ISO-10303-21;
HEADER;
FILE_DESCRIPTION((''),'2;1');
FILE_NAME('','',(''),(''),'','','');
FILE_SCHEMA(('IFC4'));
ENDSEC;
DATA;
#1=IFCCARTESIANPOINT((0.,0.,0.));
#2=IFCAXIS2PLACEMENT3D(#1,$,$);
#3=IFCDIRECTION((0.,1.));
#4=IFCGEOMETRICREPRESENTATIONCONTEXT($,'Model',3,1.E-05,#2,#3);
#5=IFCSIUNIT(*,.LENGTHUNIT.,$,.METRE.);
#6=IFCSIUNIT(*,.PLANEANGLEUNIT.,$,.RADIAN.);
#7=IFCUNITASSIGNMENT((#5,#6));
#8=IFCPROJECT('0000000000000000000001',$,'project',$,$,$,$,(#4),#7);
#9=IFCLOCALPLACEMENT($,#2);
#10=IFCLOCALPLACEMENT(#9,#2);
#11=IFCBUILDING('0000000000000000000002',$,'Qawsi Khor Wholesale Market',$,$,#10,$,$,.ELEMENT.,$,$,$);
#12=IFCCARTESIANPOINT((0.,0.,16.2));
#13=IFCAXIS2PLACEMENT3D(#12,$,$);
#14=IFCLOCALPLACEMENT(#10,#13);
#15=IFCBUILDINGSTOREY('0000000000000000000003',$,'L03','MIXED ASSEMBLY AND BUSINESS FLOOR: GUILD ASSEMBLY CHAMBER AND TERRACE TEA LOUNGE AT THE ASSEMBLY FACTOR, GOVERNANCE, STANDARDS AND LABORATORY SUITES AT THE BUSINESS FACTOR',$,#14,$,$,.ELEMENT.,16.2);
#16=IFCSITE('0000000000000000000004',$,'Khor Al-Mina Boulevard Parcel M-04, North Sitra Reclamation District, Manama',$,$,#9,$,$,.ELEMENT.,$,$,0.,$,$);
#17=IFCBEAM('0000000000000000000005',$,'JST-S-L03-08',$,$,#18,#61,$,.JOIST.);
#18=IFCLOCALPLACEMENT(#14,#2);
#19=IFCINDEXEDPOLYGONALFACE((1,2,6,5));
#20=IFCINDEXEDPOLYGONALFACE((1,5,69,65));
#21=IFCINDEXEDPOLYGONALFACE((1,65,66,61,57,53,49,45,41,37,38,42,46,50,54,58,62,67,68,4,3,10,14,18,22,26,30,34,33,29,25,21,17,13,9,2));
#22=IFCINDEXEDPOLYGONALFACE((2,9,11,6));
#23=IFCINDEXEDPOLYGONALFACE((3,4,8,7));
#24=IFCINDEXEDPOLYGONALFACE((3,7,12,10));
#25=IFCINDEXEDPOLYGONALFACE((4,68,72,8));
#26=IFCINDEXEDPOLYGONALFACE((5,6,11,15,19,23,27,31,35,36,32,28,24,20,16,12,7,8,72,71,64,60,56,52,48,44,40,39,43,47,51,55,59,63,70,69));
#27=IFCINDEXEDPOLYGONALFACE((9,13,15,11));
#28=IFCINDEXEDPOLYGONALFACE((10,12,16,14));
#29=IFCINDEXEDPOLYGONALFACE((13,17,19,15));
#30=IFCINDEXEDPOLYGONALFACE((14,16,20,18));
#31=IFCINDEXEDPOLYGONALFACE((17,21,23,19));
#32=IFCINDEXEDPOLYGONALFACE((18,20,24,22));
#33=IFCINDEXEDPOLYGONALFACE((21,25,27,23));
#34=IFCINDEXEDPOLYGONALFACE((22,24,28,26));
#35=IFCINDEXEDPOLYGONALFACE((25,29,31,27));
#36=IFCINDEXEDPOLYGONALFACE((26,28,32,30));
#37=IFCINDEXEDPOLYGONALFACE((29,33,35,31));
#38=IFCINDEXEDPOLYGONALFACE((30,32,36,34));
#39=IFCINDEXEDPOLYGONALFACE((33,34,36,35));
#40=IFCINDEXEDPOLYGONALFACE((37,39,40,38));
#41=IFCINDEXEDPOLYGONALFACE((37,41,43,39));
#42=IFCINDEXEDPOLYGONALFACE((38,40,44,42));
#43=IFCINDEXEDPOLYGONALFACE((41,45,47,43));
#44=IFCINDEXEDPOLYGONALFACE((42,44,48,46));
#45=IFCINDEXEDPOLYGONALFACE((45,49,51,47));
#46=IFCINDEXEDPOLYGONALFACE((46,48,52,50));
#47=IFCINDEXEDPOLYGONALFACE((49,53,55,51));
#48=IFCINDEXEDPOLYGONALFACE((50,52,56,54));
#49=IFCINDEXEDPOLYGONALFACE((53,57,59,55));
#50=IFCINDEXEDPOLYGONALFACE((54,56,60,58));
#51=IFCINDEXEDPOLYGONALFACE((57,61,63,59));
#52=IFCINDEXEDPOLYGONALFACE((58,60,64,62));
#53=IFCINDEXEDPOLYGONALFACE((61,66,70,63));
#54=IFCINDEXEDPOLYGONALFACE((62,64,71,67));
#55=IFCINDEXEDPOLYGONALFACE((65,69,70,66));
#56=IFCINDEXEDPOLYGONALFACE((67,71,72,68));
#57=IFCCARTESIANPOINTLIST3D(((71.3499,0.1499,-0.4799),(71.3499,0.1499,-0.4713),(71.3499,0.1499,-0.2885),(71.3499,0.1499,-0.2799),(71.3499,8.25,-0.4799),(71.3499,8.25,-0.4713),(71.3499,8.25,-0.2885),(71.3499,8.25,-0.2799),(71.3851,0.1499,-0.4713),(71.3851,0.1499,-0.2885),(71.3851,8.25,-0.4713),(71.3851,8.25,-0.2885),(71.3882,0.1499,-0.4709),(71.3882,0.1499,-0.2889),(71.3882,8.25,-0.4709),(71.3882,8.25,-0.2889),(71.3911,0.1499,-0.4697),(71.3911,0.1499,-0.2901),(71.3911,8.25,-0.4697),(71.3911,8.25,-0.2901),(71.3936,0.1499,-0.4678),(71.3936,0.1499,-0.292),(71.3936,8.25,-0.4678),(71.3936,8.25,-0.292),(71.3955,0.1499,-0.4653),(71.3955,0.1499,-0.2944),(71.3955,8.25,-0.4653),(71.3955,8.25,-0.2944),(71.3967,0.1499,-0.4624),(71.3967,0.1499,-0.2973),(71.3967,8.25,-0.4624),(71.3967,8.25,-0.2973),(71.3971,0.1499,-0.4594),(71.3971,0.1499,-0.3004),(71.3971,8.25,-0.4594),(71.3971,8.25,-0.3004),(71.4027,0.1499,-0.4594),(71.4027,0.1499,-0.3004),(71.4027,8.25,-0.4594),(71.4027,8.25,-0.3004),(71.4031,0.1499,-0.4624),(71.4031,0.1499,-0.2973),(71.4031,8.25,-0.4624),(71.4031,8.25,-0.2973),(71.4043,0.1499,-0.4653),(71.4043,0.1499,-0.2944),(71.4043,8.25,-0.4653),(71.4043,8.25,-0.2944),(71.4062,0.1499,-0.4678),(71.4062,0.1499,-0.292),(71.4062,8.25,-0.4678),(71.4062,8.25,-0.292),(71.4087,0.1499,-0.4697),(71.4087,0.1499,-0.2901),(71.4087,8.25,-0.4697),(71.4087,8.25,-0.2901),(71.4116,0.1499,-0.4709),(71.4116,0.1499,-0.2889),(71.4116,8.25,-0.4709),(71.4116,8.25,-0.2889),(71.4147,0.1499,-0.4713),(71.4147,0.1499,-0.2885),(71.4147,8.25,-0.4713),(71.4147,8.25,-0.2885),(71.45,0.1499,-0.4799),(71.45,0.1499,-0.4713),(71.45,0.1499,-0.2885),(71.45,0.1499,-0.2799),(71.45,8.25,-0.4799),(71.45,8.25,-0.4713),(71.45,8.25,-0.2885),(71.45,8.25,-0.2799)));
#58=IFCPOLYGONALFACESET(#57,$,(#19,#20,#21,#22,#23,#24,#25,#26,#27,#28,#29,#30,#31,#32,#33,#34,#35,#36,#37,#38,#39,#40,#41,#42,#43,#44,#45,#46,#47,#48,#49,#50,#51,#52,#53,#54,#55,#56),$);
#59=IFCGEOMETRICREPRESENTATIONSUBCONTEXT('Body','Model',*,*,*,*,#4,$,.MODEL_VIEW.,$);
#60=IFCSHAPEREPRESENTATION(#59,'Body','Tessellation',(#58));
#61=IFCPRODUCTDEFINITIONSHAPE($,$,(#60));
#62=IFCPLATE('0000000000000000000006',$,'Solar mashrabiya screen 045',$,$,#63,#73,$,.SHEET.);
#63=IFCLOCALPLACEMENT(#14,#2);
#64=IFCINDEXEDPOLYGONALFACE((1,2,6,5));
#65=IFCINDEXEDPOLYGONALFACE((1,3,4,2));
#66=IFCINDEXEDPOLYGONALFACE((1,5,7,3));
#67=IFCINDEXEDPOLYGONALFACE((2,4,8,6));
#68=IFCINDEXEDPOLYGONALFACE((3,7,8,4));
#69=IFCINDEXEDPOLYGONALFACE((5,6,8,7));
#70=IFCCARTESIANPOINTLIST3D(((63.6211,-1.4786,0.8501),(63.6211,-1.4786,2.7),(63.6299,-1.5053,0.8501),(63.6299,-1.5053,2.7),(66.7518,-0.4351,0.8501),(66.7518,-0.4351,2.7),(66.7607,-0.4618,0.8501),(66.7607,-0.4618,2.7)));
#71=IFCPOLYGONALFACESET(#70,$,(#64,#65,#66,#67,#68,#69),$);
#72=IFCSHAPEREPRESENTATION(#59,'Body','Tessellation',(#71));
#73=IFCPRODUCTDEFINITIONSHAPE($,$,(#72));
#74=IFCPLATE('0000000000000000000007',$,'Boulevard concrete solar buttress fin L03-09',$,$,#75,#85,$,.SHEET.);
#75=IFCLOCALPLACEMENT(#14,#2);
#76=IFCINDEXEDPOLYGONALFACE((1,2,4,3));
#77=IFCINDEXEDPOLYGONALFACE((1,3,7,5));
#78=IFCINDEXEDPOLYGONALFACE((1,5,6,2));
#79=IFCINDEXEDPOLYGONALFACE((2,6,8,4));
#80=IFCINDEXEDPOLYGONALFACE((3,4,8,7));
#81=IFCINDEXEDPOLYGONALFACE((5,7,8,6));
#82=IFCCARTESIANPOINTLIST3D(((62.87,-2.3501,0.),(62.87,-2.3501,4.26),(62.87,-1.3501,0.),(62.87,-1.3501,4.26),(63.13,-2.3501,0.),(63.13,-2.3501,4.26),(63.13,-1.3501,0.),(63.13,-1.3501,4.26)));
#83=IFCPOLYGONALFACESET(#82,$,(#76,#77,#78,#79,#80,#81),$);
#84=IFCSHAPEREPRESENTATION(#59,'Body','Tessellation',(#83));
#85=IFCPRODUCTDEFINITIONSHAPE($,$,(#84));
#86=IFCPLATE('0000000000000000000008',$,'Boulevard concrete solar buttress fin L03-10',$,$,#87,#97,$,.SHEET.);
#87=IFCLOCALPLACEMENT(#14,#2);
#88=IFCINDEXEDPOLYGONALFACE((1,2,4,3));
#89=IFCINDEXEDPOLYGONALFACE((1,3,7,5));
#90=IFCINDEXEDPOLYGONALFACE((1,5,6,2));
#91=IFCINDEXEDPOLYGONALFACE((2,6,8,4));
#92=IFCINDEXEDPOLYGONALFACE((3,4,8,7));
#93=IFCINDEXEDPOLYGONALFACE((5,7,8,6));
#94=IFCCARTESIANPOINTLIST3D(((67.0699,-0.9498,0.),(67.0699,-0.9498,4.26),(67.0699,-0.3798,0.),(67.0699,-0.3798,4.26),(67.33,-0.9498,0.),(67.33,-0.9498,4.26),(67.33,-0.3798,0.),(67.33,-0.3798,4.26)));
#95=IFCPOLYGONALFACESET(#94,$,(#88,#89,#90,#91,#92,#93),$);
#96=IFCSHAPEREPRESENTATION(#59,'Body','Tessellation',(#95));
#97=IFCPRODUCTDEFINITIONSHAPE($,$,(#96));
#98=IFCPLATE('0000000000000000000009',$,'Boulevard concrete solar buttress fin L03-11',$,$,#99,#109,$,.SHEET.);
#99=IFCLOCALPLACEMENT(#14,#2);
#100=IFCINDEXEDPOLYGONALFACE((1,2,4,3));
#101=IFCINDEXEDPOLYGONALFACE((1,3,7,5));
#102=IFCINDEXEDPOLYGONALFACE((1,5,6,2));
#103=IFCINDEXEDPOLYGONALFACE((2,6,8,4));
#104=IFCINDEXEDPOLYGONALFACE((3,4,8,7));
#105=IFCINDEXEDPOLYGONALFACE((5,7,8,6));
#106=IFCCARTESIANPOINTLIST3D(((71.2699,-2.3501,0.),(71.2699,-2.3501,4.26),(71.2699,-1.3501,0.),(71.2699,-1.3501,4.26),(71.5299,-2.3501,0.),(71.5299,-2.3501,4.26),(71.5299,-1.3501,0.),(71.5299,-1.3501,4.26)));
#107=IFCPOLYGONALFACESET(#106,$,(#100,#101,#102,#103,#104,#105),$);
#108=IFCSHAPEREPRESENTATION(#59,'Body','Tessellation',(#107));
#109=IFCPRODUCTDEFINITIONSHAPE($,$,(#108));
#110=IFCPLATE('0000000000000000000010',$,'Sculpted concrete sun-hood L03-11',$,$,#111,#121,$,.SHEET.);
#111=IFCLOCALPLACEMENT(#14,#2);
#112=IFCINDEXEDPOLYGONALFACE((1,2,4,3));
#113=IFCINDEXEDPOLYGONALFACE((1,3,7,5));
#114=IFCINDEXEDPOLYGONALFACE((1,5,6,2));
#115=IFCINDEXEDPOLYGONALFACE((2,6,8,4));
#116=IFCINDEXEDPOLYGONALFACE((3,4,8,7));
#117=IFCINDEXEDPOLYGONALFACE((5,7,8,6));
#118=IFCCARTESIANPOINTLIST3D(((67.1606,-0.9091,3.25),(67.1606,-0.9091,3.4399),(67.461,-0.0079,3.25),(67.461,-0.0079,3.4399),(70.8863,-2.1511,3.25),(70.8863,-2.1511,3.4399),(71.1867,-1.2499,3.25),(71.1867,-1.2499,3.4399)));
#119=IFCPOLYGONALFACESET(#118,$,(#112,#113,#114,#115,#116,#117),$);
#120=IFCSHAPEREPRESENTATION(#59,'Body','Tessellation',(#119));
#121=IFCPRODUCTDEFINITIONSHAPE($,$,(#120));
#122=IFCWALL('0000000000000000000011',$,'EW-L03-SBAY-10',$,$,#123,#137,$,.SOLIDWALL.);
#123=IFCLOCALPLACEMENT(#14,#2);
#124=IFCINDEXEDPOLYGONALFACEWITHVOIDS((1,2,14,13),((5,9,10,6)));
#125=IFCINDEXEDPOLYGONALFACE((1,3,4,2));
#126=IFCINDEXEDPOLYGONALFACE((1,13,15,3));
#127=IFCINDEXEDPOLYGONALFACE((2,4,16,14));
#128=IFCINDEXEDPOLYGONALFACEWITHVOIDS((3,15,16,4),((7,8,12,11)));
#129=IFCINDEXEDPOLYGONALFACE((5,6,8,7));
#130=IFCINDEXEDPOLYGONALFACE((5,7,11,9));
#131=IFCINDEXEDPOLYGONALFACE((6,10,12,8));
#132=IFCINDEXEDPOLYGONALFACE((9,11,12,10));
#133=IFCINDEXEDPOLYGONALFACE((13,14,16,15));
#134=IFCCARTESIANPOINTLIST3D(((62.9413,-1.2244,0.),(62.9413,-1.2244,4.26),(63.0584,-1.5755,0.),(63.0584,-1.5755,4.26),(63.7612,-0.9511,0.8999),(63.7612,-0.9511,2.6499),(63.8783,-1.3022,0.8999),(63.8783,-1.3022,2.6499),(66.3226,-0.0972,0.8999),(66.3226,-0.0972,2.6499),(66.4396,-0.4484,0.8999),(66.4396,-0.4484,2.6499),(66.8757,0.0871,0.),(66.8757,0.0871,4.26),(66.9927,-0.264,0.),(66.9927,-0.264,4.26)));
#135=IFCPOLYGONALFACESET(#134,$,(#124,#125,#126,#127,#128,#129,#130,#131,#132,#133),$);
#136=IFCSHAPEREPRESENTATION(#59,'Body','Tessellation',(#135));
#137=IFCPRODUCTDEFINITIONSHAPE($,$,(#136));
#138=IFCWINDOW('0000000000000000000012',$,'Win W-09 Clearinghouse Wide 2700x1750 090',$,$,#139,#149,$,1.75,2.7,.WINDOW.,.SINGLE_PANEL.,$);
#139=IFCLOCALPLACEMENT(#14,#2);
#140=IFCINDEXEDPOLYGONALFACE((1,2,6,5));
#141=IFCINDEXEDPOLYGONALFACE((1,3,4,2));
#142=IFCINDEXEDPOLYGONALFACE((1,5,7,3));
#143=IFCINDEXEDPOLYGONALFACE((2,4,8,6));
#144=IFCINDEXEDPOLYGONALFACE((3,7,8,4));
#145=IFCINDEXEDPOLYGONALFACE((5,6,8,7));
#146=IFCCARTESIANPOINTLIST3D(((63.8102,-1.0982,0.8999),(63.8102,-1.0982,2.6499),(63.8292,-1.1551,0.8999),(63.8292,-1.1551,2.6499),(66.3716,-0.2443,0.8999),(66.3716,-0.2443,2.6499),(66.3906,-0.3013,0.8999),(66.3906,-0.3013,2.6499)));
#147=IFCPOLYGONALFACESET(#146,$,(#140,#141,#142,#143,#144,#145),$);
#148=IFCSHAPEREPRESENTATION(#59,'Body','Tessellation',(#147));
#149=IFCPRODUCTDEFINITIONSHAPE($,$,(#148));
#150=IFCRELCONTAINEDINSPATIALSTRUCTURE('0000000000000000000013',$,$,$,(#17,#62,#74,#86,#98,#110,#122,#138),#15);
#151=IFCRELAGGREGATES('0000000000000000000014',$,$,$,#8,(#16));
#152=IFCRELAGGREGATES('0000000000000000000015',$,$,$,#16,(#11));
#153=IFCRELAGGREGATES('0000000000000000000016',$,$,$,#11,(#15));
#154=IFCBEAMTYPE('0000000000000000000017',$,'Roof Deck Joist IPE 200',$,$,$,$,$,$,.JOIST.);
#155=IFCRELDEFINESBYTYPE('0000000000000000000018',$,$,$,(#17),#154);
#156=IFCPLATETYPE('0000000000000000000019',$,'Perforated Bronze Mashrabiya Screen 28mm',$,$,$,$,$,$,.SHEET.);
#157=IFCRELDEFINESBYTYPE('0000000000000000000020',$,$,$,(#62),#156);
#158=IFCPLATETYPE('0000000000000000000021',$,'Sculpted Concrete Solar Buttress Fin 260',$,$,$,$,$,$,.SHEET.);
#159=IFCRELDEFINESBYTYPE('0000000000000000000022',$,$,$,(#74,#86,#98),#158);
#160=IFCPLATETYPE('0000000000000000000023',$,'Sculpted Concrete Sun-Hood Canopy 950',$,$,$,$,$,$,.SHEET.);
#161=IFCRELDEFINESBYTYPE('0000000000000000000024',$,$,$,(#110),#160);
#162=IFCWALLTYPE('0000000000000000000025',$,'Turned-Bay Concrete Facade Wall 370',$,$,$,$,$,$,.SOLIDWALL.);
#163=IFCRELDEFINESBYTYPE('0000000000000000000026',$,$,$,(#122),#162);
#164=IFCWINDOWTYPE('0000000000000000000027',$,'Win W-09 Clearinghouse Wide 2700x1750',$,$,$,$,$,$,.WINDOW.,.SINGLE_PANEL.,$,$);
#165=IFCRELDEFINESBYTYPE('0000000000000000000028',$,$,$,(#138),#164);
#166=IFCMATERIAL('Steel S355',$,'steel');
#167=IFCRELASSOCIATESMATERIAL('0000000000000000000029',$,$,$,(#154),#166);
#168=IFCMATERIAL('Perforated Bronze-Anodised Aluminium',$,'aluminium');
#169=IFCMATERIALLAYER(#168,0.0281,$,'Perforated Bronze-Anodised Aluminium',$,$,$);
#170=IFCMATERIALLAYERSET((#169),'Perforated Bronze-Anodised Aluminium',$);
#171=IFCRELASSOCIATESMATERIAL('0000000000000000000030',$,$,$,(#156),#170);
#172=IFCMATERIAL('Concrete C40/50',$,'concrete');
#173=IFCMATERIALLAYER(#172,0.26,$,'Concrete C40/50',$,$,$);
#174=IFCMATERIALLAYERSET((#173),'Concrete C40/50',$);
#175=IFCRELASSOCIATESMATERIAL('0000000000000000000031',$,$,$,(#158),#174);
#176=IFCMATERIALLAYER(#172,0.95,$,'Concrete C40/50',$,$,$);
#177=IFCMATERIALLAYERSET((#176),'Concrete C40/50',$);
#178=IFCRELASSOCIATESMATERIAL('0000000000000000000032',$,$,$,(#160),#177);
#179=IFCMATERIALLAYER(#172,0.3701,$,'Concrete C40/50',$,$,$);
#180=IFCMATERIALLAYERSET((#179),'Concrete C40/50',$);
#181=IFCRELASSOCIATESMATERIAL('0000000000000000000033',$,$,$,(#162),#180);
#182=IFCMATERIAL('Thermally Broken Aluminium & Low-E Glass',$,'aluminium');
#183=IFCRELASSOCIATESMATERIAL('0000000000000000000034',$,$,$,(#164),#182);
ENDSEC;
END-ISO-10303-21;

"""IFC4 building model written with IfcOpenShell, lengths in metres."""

from ifc_helpers import new_model, si_unit, direction, frame, frame_2d, origin, origin_2d, place, context, subcontext, project, spatial, rectangle, i_section, extrude, material, layer, layer_set, material_profile, profile_set, type_object, element, fill, save


model = new_model("IFC4")

# Units and contexts
model_context = context("Model", 3, precision=1e-05, world=origin(), true_north=direction((0.0, 1.0)))
body_context = subcontext(model_context, "Body", "Model", "MODEL_VIEW")
ifc_project = project(units=[si_unit("LENGTHUNIT", "METRE"), si_unit("PLANEANGLEUNIT", "RADIAN")], contexts=[model_context])

# Site, building, storey
site_placement = place(None, origin())
site = spatial("IfcSite", under=ifc_project, at=site_placement, Name="Khor Al-Mina Boulevard Parcel M-04, North Sitra Reclamation District, Manama", CompositionType="ELEMENT", RefElevation=0.0)
building_placement = place(site_placement, origin())
building = spatial("IfcBuilding", under=site, at=building_placement, Name="Qawsi Khor Wholesale Market", CompositionType="ELEMENT")
storey_placement = place(building_placement, frame((0.0, 0.0, 16.2)))
storey = spatial("IfcBuildingStorey", under=building, at=storey_placement, Name="L03", Description="MIXED ASSEMBLY AND BUSINESS FLOOR: GUILD ASSEMBLY CHAMBER AND TERRACE TEA LOUNGE AT THE ASSEMBLY FACTOR, GOVERNANCE, STANDARDS AND LABORATORY SUITES AT THE BUSINESS FACTOR", CompositionType="ELEMENT", Elevation=16.2)

# Shared definitions
ifc_material_1 = material(Name="Concrete C40/50", Category="concrete")

# Beam
ifc_material_2 = material(Name="Steel S355", Category="steel")
ifc_material_profile_1 = material_profile(ifc_material_2, i_section(OverallWidth=0.1001, OverallDepth=0.2, WebThickness=0.0056, FlangeThickness=0.0085, FilletRadius=0.012, at=origin_2d()), Name="IPE 200")
ifc_profile_set_1 = profile_set([ifc_material_profile_1], Name="Steel S355")
beam_type_1 = type_object("IfcBeamType", Name="Roof Deck Joist IPE 200", PredefinedType="JOIST", material=ifc_profile_set_1)
for number, where, z_axis, x_axis, name in (
    (1, (71.3999, 0.1499, -0.3799), (0.0, 1.0, 0.0), (-1.0, 0.0, 0.0), "JST-S-L03-08"),
):
    element("IfcBeam", number, at=place(storey_placement, frame(where, z_axis=z_axis, x_axis=x_axis)), inside=storey, type_object=beam_type_1, Name=name, PredefinedType="JOIST", context=body_context, shape_type="SweptSolid", body=[
        extrude(i_section(OverallWidth=0.1001, OverallDepth=0.2, WebThickness=0.0056, FlangeThickness=0.0085, FilletRadius=0.012, at=origin_2d()), origin(), (0.0, 0.0, 1.0), 8.1001),
    ])

# Plates
ifc_material_3 = material(Name="Perforated Bronze-Anodised Aluminium", Category="aluminium")
ifc_layer_1 = layer(ifc_material_3, 0.0281, Name="Perforated Bronze-Anodised Aluminium")
ifc_layer_set_1 = layer_set([ifc_layer_1], Name="Perforated Bronze-Anodised Aluminium")
plate_type_1 = type_object("IfcPlateType", Name="Perforated Bronze Mashrabiya Screen 28mm", PredefinedType="SHEET", material=ifc_layer_set_1)
plate_1_placement = place(storey_placement, frame((66.7561, -0.4485, 0.8501), z_axis=(0.0, 0.0, 1.0), x_axis=(-0.948691, -0.316206, 0.0)))
element("IfcPlate", 2, at=plate_1_placement, inside=storey, type_object=plate_type_1, Name="Solar mashrabiya screen 045", PredefinedType="SHEET", context=body_context, shape_type="SweptSolid", body=[
    extrude(rectangle(XDim=3.3, YDim=0.0281, at=frame_2d((1.6499, 0.0))), origin(), (0.0, 0.0, 1.0), 1.8499),
])
ifc_layer_2 = layer(ifc_material_1, 0.26, Name="Concrete C40/50")
ifc_layer_set_2 = layer_set([ifc_layer_2], Name="Concrete C40/50")
plate_type_2 = type_object("IfcPlateType", Name="Sculpted Concrete Solar Buttress Fin 260", PredefinedType="SHEET", material=ifc_layer_set_2)
plate_2_placement = place(storey_placement, frame((63.0, -2.3501, 0.0), z_axis=(0.0, 0.0, 1.0), x_axis=(0.0, 1.0, 0.0)))
element("IfcPlate", 3, at=plate_2_placement, inside=storey, type_object=plate_type_2, Name="Boulevard concrete solar buttress fin L03-09", PredefinedType="SHEET", context=body_context, shape_type="SweptSolid", body=[
    extrude(rectangle(XDim=1.0, YDim=0.26, at=frame_2d((0.5, 0.0))), origin(), (0.0, 0.0, 1.0), 4.26),
])
plate_3_placement = place(storey_placement, frame((67.2, -0.95, 0.0), z_axis=(0.0, 0.0, 1.0), x_axis=(0.0, 1.0, 0.0)))
element("IfcPlate", 4, at=plate_3_placement, inside=storey, type_object=plate_type_2, Name="Boulevard concrete solar buttress fin L03-10", PredefinedType="SHEET", context=body_context, shape_type="SweptSolid", body=[
    extrude(rectangle(XDim=0.5701, YDim=0.26, at=frame_2d((0.2852, 0.0))), origin(), (0.0, 0.0, 1.0), 4.26),
])
plate_4_placement = place(storey_placement, frame((71.3999, -2.3501, 0.0), z_axis=(0.0, 0.0, 1.0), x_axis=(0.0, 1.0, 0.0)))
element("IfcPlate", 5, at=plate_4_placement, inside=storey, type_object=plate_type_2, Name="Boulevard concrete solar buttress fin L03-11", PredefinedType="SHEET", context=body_context, shape_type="SweptSolid", body=[
    extrude(rectangle(XDim=1.0, YDim=0.26, at=frame_2d((0.5, 0.0))), origin(), (0.0, 0.0, 1.0), 4.26),
])
ifc_layer_3 = layer(ifc_material_1, 0.95, Name="Concrete C40/50")
ifc_layer_set_3 = layer_set([ifc_layer_3], Name="Concrete C40/50")
plate_type_3 = type_object("IfcPlateType", Name="Sculpted Concrete Sun-Hood Canopy 950", PredefinedType="SHEET", material=ifc_layer_set_3)
plate_5_placement = place(storey_placement, frame((67.3108, -0.4585, 3.25), z_axis=(0.0, 0.0, 1.0), x_axis=(0.948677, -0.316246, 0.0)))
element("IfcPlate", 6, at=plate_5_placement, inside=storey, type_object=plate_type_3, Name="Sculpted concrete sun-hood L03-11", PredefinedType="SHEET", context=body_context, shape_type="SweptSolid", body=[
    extrude(rectangle(XDim=3.9272, YDim=0.95, at=frame_2d((1.9636, 0.0))), origin(), (0.0, 0.0, 1.0), 0.1899),
])

# Wall, opening, window
ifc_layer_4 = layer(ifc_material_1, 0.3701, Name="Concrete C40/50")
ifc_layer_set_4 = layer_set([ifc_layer_4], Name="Concrete C40/50")
wall_type_1 = type_object("IfcWallType", Name="Turned-Bay Concrete Facade Wall 370", PredefinedType="SOLIDWALL", material=ifc_layer_set_4)
wall_1_placement = place(storey_placement, frame((66.9343, -0.0884, 0.0), z_axis=(0.0, 0.0, 1.0), x_axis=(-0.948677, -0.316245, 0.0)))
wall_1 = element("IfcWall", 7, at=wall_1_placement, inside=storey, type_object=wall_type_1, Name="EW-L03-SBAY-10", PredefinedType="SOLIDWALL", context=body_context, shape_type="SweptSolid", body=[
    extrude(rectangle(XDim=4.1472, YDim=0.3701, at=frame_2d((2.0737, 0.0))), origin(), (0.0, 0.0, 1.0), 4.26),
])
opening_1_placement = place(wall_1_placement, frame((0.583, 0.0, 0.8999)))
opening_1 = element("IfcOpeningElement", 8, at=opening_1_placement, cuts=wall_1, PredefinedType="OPENING", context=body_context, shape_type="SweptSolid", body=[
    extrude(rectangle(XDim=2.7, YDim=1.75, at=frame_2d((1.3501, 0.875))), frame((0.0, 0.1951, 0.0), z_axis=(0.0, -1.0, 0.0), x_axis=(1.0, 0.0, 0.0)), (0.0, 0.0, 1.0), 0.3901),
])
ifc_material_4 = material(Name="Thermally Broken Aluminium & Low-E Glass", Category="aluminium")
window_type_1 = type_object("IfcWindowType", Name="Win W-09 Clearinghouse Wide 2700x1750", PartitioningType="SINGLE_PANEL", PredefinedType="WINDOW", material=ifc_material_4)
window_1_placement = place(opening_1_placement, origin())
window_1 = element("IfcWindow", 9, at=window_1_placement, inside=storey, type_object=window_type_1, Name="Win W-09 Clearinghouse Wide 2700x1750 090", OverallHeight=1.75, OverallWidth=2.7, PartitioningType="SINGLE_PANEL", PredefinedType="WINDOW", context=body_context, shape_type="SweptSolid", body=[
    extrude(rectangle(XDim=2.7, YDim=1.75, at=frame_2d((1.3501, 0.875))), frame((0.0, 0.03, 0.0), z_axis=(0.0, -1.0, 0.0), x_axis=(1.0, 0.0, 0.0)), (0.0, 0.0, 1.0), 0.0601),
])
fill(opening_1, window_1)

save(model, "model.ifc")
